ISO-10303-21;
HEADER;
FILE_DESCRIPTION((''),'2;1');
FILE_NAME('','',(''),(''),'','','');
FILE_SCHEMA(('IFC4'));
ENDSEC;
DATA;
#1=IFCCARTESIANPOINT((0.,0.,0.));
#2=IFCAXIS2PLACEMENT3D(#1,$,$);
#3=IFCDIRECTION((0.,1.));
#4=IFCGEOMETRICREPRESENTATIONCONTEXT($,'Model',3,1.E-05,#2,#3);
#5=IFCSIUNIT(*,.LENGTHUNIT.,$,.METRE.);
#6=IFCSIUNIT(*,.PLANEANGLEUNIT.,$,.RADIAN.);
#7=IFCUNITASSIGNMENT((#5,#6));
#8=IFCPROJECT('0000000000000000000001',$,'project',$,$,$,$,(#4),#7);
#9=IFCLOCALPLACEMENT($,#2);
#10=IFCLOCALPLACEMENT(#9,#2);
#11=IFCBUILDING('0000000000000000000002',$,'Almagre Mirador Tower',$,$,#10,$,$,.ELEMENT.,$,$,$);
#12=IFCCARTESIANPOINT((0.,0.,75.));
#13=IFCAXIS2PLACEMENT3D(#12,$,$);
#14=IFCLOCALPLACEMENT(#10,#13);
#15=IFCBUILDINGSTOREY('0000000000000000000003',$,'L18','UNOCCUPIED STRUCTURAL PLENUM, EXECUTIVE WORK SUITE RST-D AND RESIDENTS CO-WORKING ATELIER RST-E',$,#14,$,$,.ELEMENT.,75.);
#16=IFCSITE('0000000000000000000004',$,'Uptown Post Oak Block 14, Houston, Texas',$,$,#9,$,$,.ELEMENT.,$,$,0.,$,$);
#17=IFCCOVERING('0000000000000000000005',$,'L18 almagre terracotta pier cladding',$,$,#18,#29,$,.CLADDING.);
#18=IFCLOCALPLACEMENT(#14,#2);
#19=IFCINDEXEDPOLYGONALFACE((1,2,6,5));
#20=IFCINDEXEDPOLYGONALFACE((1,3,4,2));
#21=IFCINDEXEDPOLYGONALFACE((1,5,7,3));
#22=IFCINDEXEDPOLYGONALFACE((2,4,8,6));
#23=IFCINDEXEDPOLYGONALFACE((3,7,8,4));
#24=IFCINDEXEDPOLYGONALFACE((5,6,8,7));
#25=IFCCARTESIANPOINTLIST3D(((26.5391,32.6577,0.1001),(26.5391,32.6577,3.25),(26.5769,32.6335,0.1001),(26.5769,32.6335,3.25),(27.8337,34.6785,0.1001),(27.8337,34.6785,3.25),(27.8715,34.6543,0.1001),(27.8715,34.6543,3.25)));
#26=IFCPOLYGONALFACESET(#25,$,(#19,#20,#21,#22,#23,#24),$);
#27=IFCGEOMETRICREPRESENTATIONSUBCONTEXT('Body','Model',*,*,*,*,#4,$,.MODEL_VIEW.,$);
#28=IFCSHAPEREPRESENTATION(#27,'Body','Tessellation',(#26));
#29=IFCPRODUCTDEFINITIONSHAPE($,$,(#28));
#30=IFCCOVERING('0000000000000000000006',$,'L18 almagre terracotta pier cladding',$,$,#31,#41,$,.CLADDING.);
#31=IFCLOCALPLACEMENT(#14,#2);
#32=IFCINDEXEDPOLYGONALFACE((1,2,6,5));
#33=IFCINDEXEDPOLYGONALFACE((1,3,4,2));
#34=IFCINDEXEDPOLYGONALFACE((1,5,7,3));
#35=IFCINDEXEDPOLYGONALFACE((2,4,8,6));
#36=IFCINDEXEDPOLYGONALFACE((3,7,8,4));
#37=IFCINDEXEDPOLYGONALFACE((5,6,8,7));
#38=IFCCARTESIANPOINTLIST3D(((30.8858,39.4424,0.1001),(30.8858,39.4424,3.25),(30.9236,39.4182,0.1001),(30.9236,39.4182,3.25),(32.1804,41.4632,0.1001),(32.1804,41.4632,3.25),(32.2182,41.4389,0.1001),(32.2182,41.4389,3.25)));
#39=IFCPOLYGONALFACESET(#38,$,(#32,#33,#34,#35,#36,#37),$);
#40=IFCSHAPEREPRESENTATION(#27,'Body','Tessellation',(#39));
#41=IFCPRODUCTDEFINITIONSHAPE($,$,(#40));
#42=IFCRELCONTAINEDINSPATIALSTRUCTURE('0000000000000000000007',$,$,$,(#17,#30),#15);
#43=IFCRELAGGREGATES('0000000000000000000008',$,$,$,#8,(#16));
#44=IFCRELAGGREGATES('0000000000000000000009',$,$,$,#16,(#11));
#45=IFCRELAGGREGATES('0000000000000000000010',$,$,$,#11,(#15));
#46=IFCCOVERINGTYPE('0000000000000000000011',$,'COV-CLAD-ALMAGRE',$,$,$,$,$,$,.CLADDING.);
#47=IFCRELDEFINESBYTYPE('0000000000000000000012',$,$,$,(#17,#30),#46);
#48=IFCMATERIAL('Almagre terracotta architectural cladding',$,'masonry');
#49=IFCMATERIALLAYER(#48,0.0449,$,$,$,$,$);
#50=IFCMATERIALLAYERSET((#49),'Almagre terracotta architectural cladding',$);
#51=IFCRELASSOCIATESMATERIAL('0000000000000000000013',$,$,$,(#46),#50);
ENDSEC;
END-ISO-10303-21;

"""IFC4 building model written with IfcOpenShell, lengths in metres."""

from ifc_helpers import new_model, si_unit, direction, frame, origin, origin_2d, place, context, subcontext, project, spatial, rectangle, extrude, material, layer, layer_set, type_object, element, save


model = new_model("IFC4")

# Units and contexts
model_context = context("Model", 3, precision=1e-05, world=origin(), true_north=direction((0.0, 1.0)))
body_context = subcontext(model_context, "Body", "Model", "MODEL_VIEW")
ifc_project = project(units=[si_unit("LENGTHUNIT", "METRE"), si_unit("PLANEANGLEUNIT", "RADIAN")], contexts=[model_context])

# Site, building, storey
site_placement = place(None, origin())
site = spatial("IfcSite", under=ifc_project, at=site_placement, Name="Uptown Post Oak Block 14, Houston, Texas", CompositionType="ELEMENT", RefElevation=0.0)
building_placement = place(site_placement, origin())
building = spatial("IfcBuilding", under=site, at=building_placement, Name="Almagre Mirador Tower", CompositionType="ELEMENT")
storey_placement = place(building_placement, frame((0.0, 0.0, 75.0)))
storey = spatial("IfcBuildingStorey", under=building, at=storey_placement, Name="L18", Description="UNOCCUPIED STRUCTURAL PLENUM, EXECUTIVE WORK SUITE RST-D AND RESIDENTS CO-WORKING ATELIER RST-E", CompositionType="ELEMENT", Elevation=75.0)

# Coverings
ifc_material_1 = material(Name="Almagre terracotta architectural cladding", Category="masonry")
ifc_layer_1 = layer(ifc_material_1, 0.0449)
ifc_layer_set_1 = layer_set([ifc_layer_1], Name="Almagre terracotta architectural cladding")
covering_type = type_object("IfcCoveringType", Name="COV-CLAD-ALMAGRE", PredefinedType="CLADDING", material=ifc_layer_set_1)
for number, where, z_axis, x_axis, name in (
    (1, (27.2053, 33.656, 0.1001), (0.0, 0.0, 1.0), (0.539447, 0.84202, 0.0), "L18 almagre terracotta pier cladding"),
    (2, (31.552, 40.4407, 0.1001), (0.0, 0.0, 1.0), (0.539462, 0.84201, 0.0), "L18 almagre terracotta pier cladding"),
):
    element("IfcCovering", number, at=place(storey_placement, frame(where, z_axis=z_axis, x_axis=x_axis)), inside=storey, type_object=covering_type, Name=name, PredefinedType="CLADDING", context=body_context, shape_type="SweptSolid", body=[
        extrude(rectangle(XDim=2.3999, YDim=0.0449, at=origin_2d()), origin(), (0.0, 0.0, 1.0), 3.1499),
    ])

save(model, "model.ifc")
